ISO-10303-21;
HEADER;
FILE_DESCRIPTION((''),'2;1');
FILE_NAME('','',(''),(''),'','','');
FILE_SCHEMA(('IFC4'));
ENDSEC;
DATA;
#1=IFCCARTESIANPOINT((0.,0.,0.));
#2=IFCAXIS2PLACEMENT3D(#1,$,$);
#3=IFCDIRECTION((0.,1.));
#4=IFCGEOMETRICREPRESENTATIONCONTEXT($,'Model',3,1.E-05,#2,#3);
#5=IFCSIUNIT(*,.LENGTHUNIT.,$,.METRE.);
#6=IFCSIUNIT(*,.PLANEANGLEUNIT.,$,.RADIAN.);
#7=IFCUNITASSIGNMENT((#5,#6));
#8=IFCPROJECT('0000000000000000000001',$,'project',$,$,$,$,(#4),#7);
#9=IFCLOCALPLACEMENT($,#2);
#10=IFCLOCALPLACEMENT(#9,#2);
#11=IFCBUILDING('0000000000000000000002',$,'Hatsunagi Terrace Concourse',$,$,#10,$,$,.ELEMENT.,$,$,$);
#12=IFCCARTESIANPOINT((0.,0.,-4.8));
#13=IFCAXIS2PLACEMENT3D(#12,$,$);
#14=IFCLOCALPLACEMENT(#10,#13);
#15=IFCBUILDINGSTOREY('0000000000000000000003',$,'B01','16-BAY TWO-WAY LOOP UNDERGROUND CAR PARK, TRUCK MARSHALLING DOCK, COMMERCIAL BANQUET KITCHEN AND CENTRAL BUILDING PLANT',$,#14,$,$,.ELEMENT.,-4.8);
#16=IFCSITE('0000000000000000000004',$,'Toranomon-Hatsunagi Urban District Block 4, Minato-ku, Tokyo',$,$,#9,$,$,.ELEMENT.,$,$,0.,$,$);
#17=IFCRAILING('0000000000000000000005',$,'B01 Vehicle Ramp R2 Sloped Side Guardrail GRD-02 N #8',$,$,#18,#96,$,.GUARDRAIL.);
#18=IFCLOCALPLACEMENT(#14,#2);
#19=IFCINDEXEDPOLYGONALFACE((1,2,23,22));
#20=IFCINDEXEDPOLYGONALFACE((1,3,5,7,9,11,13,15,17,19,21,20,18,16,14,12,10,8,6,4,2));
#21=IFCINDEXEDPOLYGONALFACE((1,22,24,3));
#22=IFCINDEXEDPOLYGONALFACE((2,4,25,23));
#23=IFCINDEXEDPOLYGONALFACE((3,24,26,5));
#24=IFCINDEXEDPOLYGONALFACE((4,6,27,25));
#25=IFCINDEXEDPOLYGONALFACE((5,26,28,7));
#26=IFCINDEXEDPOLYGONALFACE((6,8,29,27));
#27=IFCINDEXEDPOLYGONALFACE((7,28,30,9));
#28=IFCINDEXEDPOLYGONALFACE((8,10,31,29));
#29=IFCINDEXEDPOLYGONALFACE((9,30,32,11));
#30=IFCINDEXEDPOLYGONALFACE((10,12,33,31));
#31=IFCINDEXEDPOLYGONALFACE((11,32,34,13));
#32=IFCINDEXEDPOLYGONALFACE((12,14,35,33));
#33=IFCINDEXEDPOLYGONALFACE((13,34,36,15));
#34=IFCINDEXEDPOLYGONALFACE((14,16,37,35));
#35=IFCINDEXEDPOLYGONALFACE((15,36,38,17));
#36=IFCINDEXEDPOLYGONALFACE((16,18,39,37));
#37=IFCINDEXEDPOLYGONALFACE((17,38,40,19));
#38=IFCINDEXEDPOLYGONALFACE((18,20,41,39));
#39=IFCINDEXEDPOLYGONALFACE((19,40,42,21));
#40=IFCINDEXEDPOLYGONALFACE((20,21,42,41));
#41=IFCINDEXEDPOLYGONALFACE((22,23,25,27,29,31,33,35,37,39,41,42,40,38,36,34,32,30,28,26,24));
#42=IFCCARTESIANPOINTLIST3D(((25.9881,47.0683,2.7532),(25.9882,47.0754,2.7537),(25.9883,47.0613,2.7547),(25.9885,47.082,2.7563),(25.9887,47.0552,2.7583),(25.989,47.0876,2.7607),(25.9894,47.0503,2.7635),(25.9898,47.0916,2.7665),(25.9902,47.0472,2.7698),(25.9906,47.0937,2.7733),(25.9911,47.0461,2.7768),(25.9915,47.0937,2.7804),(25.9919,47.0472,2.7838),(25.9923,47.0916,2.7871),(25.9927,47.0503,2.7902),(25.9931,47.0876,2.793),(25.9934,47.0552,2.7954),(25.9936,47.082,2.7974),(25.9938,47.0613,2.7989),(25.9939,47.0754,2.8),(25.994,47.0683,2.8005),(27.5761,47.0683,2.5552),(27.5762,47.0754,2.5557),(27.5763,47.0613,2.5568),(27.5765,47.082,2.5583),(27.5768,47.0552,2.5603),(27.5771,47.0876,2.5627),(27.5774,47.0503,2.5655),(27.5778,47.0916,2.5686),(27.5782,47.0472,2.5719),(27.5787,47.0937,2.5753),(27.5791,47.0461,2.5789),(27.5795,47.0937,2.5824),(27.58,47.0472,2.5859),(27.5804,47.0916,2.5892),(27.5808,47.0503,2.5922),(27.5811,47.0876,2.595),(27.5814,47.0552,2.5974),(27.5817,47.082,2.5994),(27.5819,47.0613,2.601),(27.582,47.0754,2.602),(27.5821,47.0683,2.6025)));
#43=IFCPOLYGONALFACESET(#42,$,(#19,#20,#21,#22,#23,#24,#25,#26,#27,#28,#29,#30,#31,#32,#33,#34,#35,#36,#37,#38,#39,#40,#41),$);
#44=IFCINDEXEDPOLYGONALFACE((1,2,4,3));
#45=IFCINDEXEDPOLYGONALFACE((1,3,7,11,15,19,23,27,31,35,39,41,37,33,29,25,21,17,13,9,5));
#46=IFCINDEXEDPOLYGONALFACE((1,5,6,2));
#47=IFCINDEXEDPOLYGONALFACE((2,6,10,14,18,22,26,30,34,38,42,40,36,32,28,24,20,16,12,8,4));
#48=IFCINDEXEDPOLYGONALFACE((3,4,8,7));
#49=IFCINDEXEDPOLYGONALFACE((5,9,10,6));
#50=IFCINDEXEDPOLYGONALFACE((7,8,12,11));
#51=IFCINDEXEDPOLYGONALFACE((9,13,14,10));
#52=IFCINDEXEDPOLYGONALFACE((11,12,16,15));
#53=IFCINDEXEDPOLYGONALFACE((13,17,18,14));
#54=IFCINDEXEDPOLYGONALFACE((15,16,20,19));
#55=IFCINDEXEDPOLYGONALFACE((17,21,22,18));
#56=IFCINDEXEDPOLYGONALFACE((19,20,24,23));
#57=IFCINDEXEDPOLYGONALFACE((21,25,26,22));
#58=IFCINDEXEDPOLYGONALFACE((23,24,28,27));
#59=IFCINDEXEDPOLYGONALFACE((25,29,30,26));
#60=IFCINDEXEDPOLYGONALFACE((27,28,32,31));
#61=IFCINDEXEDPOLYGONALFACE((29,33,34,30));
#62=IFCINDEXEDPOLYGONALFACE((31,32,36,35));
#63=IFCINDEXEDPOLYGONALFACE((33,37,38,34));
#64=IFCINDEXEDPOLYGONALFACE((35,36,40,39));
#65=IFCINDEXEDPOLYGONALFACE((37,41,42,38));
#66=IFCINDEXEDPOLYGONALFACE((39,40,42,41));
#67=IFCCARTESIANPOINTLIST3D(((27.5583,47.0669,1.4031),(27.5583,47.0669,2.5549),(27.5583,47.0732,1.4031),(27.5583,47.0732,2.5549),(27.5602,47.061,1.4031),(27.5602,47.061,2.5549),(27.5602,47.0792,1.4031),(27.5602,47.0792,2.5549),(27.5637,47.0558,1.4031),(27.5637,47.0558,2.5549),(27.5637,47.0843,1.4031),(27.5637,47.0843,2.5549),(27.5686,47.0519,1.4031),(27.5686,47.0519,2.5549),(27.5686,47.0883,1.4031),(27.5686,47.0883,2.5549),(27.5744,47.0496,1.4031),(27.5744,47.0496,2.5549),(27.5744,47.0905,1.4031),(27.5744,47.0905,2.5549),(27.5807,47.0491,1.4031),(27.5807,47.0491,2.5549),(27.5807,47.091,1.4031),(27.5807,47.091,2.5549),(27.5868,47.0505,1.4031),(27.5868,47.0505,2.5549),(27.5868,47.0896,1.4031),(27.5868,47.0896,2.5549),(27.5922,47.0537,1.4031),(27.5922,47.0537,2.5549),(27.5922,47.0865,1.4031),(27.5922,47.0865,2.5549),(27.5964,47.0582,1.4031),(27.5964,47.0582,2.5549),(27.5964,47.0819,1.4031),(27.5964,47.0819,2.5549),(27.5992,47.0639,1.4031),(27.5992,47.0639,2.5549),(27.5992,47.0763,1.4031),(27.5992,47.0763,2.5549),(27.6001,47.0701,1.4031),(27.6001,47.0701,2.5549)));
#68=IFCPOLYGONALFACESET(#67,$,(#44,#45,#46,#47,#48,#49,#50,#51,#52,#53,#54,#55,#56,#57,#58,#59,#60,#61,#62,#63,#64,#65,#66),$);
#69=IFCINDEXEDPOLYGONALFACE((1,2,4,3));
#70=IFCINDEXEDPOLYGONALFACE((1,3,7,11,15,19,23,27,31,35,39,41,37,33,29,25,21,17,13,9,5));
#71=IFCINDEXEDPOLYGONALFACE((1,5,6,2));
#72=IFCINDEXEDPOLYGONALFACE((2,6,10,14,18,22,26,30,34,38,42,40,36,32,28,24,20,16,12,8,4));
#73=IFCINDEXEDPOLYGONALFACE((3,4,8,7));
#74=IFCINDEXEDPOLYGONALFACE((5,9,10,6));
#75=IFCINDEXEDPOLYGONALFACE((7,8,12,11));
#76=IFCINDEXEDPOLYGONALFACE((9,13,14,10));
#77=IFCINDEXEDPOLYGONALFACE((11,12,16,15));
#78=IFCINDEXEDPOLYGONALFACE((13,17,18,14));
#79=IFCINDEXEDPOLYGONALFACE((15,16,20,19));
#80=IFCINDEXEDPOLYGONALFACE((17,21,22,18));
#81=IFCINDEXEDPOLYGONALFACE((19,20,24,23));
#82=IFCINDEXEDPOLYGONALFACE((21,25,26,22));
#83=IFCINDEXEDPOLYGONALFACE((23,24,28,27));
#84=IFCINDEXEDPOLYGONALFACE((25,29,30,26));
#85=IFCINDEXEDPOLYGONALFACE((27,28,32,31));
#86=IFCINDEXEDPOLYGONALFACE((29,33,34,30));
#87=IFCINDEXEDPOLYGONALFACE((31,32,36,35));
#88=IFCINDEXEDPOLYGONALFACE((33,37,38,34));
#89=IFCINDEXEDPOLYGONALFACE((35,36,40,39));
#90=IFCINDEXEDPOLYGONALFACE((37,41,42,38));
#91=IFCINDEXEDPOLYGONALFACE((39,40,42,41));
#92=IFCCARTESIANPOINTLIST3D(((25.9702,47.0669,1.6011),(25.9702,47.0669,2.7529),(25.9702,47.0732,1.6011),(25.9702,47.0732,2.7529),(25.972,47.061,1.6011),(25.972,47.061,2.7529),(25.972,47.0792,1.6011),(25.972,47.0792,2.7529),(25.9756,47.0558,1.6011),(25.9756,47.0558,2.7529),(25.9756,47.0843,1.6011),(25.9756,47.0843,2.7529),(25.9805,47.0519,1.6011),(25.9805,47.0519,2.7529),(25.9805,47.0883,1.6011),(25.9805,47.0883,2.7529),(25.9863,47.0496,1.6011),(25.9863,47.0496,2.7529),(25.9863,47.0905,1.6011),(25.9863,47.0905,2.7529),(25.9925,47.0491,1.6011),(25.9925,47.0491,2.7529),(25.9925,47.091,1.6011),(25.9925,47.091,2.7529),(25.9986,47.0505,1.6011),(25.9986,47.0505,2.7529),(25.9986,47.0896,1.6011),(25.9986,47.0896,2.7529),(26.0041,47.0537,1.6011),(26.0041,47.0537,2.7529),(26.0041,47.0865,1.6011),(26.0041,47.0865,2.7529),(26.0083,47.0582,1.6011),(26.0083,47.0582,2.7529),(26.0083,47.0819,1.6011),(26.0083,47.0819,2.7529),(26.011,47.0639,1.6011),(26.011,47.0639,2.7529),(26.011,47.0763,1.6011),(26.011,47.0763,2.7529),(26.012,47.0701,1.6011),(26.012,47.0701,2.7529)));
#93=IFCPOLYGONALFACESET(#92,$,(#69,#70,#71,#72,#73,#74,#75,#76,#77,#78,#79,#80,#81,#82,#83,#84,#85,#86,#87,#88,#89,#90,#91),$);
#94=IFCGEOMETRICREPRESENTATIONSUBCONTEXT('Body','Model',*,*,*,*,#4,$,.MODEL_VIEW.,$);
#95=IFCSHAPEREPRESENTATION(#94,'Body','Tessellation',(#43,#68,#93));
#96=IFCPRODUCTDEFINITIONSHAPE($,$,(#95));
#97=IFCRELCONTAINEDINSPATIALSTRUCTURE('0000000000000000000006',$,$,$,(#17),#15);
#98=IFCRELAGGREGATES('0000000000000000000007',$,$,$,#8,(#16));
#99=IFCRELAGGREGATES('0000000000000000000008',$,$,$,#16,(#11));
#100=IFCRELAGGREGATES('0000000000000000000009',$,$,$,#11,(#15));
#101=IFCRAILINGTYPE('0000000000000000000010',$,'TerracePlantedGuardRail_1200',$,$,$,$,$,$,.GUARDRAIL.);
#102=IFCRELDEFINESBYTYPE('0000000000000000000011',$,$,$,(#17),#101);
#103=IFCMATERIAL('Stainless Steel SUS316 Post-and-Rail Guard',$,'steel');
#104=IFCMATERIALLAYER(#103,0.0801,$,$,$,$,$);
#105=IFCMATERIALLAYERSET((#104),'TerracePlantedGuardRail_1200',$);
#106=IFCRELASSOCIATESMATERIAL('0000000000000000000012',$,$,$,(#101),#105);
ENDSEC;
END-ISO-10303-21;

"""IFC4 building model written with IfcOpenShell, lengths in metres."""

from ifc_helpers import new_model, si_unit, direction, frame, origin, origin_2d, place, context, subcontext, project, spatial, circle, extrude, material, layer, layer_set, type_object, element, save


model = new_model("IFC4")

# Units and contexts
model_context = context("Model", 3, precision=1e-05, world=origin(), true_north=direction((0.0, 1.0)))
body_context = subcontext(model_context, "Body", "Model", "MODEL_VIEW")
ifc_project = project(units=[si_unit("LENGTHUNIT", "METRE"), si_unit("PLANEANGLEUNIT", "RADIAN")], contexts=[model_context])

# Site, building, storey
site_placement = place(None, origin())
site = spatial("IfcSite", under=ifc_project, at=site_placement, Name="Toranomon-Hatsunagi Urban District Block 4, Minato-ku, Tokyo", CompositionType="ELEMENT", RefElevation=0.0)
building_placement = place(site_placement, origin())
building = spatial("IfcBuilding", under=site, at=building_placement, Name="Hatsunagi Terrace Concourse", CompositionType="ELEMENT")
storey_placement = place(building_placement, frame((0.0, 0.0, -4.8)))
storey = spatial("IfcBuildingStorey", under=building, at=storey_placement, Name="B01", Description="16-BAY TWO-WAY LOOP UNDERGROUND CAR PARK, TRUCK MARSHALLING DOCK, COMMERCIAL BANQUET KITCHEN AND CENTRAL BUILDING PLANT", CompositionType="ELEMENT", Elevation=-4.8)

# Railing
ifc_material_1 = material(Name="Stainless Steel SUS316 Post-and-Rail Guard", Category="steel")
ifc_layer = layer(ifc_material_1, 0.0801)
ifc_layer_set = layer_set([ifc_layer], Name="TerracePlantedGuardRail_1200")
railing_type = type_object("IfcRailingType", Name="TerracePlantedGuardRail_1200", PredefinedType="GUARDRAIL", material=ifc_layer_set)
railing_1_placement = place(storey_placement, frame((27.5791, 47.0701, 1.4031)))
element("IfcRailing", 1, at=railing_1_placement, inside=storey, type_object=railing_type, Name="B01 Vehicle Ramp R2 Sloped Side Guardrail GRD-02 N #8", PredefinedType="GUARDRAIL", context=body_context, shape_type="SweptSolid", body=[
    extrude(circle(Radius=0.0239, at=origin_2d()), frame((0.0, 0.0, 1.1758), z_axis=(-0.992318, 0.0, 0.123716), x_axis=(0.0, -1.0, 0.0)), (0.0, 0.0, 1.0), 1.6003),
    extrude(circle(Radius=0.021, at=origin_2d()), origin(), (0.0, 0.0, 1.0), 1.1519),
    extrude(circle(Radius=0.021, at=origin_2d()), frame((-1.5881, 0.0, 0.198)), (0.0, 0.0, 1.0), 1.1519),
])

save(model, "model.ifc")
